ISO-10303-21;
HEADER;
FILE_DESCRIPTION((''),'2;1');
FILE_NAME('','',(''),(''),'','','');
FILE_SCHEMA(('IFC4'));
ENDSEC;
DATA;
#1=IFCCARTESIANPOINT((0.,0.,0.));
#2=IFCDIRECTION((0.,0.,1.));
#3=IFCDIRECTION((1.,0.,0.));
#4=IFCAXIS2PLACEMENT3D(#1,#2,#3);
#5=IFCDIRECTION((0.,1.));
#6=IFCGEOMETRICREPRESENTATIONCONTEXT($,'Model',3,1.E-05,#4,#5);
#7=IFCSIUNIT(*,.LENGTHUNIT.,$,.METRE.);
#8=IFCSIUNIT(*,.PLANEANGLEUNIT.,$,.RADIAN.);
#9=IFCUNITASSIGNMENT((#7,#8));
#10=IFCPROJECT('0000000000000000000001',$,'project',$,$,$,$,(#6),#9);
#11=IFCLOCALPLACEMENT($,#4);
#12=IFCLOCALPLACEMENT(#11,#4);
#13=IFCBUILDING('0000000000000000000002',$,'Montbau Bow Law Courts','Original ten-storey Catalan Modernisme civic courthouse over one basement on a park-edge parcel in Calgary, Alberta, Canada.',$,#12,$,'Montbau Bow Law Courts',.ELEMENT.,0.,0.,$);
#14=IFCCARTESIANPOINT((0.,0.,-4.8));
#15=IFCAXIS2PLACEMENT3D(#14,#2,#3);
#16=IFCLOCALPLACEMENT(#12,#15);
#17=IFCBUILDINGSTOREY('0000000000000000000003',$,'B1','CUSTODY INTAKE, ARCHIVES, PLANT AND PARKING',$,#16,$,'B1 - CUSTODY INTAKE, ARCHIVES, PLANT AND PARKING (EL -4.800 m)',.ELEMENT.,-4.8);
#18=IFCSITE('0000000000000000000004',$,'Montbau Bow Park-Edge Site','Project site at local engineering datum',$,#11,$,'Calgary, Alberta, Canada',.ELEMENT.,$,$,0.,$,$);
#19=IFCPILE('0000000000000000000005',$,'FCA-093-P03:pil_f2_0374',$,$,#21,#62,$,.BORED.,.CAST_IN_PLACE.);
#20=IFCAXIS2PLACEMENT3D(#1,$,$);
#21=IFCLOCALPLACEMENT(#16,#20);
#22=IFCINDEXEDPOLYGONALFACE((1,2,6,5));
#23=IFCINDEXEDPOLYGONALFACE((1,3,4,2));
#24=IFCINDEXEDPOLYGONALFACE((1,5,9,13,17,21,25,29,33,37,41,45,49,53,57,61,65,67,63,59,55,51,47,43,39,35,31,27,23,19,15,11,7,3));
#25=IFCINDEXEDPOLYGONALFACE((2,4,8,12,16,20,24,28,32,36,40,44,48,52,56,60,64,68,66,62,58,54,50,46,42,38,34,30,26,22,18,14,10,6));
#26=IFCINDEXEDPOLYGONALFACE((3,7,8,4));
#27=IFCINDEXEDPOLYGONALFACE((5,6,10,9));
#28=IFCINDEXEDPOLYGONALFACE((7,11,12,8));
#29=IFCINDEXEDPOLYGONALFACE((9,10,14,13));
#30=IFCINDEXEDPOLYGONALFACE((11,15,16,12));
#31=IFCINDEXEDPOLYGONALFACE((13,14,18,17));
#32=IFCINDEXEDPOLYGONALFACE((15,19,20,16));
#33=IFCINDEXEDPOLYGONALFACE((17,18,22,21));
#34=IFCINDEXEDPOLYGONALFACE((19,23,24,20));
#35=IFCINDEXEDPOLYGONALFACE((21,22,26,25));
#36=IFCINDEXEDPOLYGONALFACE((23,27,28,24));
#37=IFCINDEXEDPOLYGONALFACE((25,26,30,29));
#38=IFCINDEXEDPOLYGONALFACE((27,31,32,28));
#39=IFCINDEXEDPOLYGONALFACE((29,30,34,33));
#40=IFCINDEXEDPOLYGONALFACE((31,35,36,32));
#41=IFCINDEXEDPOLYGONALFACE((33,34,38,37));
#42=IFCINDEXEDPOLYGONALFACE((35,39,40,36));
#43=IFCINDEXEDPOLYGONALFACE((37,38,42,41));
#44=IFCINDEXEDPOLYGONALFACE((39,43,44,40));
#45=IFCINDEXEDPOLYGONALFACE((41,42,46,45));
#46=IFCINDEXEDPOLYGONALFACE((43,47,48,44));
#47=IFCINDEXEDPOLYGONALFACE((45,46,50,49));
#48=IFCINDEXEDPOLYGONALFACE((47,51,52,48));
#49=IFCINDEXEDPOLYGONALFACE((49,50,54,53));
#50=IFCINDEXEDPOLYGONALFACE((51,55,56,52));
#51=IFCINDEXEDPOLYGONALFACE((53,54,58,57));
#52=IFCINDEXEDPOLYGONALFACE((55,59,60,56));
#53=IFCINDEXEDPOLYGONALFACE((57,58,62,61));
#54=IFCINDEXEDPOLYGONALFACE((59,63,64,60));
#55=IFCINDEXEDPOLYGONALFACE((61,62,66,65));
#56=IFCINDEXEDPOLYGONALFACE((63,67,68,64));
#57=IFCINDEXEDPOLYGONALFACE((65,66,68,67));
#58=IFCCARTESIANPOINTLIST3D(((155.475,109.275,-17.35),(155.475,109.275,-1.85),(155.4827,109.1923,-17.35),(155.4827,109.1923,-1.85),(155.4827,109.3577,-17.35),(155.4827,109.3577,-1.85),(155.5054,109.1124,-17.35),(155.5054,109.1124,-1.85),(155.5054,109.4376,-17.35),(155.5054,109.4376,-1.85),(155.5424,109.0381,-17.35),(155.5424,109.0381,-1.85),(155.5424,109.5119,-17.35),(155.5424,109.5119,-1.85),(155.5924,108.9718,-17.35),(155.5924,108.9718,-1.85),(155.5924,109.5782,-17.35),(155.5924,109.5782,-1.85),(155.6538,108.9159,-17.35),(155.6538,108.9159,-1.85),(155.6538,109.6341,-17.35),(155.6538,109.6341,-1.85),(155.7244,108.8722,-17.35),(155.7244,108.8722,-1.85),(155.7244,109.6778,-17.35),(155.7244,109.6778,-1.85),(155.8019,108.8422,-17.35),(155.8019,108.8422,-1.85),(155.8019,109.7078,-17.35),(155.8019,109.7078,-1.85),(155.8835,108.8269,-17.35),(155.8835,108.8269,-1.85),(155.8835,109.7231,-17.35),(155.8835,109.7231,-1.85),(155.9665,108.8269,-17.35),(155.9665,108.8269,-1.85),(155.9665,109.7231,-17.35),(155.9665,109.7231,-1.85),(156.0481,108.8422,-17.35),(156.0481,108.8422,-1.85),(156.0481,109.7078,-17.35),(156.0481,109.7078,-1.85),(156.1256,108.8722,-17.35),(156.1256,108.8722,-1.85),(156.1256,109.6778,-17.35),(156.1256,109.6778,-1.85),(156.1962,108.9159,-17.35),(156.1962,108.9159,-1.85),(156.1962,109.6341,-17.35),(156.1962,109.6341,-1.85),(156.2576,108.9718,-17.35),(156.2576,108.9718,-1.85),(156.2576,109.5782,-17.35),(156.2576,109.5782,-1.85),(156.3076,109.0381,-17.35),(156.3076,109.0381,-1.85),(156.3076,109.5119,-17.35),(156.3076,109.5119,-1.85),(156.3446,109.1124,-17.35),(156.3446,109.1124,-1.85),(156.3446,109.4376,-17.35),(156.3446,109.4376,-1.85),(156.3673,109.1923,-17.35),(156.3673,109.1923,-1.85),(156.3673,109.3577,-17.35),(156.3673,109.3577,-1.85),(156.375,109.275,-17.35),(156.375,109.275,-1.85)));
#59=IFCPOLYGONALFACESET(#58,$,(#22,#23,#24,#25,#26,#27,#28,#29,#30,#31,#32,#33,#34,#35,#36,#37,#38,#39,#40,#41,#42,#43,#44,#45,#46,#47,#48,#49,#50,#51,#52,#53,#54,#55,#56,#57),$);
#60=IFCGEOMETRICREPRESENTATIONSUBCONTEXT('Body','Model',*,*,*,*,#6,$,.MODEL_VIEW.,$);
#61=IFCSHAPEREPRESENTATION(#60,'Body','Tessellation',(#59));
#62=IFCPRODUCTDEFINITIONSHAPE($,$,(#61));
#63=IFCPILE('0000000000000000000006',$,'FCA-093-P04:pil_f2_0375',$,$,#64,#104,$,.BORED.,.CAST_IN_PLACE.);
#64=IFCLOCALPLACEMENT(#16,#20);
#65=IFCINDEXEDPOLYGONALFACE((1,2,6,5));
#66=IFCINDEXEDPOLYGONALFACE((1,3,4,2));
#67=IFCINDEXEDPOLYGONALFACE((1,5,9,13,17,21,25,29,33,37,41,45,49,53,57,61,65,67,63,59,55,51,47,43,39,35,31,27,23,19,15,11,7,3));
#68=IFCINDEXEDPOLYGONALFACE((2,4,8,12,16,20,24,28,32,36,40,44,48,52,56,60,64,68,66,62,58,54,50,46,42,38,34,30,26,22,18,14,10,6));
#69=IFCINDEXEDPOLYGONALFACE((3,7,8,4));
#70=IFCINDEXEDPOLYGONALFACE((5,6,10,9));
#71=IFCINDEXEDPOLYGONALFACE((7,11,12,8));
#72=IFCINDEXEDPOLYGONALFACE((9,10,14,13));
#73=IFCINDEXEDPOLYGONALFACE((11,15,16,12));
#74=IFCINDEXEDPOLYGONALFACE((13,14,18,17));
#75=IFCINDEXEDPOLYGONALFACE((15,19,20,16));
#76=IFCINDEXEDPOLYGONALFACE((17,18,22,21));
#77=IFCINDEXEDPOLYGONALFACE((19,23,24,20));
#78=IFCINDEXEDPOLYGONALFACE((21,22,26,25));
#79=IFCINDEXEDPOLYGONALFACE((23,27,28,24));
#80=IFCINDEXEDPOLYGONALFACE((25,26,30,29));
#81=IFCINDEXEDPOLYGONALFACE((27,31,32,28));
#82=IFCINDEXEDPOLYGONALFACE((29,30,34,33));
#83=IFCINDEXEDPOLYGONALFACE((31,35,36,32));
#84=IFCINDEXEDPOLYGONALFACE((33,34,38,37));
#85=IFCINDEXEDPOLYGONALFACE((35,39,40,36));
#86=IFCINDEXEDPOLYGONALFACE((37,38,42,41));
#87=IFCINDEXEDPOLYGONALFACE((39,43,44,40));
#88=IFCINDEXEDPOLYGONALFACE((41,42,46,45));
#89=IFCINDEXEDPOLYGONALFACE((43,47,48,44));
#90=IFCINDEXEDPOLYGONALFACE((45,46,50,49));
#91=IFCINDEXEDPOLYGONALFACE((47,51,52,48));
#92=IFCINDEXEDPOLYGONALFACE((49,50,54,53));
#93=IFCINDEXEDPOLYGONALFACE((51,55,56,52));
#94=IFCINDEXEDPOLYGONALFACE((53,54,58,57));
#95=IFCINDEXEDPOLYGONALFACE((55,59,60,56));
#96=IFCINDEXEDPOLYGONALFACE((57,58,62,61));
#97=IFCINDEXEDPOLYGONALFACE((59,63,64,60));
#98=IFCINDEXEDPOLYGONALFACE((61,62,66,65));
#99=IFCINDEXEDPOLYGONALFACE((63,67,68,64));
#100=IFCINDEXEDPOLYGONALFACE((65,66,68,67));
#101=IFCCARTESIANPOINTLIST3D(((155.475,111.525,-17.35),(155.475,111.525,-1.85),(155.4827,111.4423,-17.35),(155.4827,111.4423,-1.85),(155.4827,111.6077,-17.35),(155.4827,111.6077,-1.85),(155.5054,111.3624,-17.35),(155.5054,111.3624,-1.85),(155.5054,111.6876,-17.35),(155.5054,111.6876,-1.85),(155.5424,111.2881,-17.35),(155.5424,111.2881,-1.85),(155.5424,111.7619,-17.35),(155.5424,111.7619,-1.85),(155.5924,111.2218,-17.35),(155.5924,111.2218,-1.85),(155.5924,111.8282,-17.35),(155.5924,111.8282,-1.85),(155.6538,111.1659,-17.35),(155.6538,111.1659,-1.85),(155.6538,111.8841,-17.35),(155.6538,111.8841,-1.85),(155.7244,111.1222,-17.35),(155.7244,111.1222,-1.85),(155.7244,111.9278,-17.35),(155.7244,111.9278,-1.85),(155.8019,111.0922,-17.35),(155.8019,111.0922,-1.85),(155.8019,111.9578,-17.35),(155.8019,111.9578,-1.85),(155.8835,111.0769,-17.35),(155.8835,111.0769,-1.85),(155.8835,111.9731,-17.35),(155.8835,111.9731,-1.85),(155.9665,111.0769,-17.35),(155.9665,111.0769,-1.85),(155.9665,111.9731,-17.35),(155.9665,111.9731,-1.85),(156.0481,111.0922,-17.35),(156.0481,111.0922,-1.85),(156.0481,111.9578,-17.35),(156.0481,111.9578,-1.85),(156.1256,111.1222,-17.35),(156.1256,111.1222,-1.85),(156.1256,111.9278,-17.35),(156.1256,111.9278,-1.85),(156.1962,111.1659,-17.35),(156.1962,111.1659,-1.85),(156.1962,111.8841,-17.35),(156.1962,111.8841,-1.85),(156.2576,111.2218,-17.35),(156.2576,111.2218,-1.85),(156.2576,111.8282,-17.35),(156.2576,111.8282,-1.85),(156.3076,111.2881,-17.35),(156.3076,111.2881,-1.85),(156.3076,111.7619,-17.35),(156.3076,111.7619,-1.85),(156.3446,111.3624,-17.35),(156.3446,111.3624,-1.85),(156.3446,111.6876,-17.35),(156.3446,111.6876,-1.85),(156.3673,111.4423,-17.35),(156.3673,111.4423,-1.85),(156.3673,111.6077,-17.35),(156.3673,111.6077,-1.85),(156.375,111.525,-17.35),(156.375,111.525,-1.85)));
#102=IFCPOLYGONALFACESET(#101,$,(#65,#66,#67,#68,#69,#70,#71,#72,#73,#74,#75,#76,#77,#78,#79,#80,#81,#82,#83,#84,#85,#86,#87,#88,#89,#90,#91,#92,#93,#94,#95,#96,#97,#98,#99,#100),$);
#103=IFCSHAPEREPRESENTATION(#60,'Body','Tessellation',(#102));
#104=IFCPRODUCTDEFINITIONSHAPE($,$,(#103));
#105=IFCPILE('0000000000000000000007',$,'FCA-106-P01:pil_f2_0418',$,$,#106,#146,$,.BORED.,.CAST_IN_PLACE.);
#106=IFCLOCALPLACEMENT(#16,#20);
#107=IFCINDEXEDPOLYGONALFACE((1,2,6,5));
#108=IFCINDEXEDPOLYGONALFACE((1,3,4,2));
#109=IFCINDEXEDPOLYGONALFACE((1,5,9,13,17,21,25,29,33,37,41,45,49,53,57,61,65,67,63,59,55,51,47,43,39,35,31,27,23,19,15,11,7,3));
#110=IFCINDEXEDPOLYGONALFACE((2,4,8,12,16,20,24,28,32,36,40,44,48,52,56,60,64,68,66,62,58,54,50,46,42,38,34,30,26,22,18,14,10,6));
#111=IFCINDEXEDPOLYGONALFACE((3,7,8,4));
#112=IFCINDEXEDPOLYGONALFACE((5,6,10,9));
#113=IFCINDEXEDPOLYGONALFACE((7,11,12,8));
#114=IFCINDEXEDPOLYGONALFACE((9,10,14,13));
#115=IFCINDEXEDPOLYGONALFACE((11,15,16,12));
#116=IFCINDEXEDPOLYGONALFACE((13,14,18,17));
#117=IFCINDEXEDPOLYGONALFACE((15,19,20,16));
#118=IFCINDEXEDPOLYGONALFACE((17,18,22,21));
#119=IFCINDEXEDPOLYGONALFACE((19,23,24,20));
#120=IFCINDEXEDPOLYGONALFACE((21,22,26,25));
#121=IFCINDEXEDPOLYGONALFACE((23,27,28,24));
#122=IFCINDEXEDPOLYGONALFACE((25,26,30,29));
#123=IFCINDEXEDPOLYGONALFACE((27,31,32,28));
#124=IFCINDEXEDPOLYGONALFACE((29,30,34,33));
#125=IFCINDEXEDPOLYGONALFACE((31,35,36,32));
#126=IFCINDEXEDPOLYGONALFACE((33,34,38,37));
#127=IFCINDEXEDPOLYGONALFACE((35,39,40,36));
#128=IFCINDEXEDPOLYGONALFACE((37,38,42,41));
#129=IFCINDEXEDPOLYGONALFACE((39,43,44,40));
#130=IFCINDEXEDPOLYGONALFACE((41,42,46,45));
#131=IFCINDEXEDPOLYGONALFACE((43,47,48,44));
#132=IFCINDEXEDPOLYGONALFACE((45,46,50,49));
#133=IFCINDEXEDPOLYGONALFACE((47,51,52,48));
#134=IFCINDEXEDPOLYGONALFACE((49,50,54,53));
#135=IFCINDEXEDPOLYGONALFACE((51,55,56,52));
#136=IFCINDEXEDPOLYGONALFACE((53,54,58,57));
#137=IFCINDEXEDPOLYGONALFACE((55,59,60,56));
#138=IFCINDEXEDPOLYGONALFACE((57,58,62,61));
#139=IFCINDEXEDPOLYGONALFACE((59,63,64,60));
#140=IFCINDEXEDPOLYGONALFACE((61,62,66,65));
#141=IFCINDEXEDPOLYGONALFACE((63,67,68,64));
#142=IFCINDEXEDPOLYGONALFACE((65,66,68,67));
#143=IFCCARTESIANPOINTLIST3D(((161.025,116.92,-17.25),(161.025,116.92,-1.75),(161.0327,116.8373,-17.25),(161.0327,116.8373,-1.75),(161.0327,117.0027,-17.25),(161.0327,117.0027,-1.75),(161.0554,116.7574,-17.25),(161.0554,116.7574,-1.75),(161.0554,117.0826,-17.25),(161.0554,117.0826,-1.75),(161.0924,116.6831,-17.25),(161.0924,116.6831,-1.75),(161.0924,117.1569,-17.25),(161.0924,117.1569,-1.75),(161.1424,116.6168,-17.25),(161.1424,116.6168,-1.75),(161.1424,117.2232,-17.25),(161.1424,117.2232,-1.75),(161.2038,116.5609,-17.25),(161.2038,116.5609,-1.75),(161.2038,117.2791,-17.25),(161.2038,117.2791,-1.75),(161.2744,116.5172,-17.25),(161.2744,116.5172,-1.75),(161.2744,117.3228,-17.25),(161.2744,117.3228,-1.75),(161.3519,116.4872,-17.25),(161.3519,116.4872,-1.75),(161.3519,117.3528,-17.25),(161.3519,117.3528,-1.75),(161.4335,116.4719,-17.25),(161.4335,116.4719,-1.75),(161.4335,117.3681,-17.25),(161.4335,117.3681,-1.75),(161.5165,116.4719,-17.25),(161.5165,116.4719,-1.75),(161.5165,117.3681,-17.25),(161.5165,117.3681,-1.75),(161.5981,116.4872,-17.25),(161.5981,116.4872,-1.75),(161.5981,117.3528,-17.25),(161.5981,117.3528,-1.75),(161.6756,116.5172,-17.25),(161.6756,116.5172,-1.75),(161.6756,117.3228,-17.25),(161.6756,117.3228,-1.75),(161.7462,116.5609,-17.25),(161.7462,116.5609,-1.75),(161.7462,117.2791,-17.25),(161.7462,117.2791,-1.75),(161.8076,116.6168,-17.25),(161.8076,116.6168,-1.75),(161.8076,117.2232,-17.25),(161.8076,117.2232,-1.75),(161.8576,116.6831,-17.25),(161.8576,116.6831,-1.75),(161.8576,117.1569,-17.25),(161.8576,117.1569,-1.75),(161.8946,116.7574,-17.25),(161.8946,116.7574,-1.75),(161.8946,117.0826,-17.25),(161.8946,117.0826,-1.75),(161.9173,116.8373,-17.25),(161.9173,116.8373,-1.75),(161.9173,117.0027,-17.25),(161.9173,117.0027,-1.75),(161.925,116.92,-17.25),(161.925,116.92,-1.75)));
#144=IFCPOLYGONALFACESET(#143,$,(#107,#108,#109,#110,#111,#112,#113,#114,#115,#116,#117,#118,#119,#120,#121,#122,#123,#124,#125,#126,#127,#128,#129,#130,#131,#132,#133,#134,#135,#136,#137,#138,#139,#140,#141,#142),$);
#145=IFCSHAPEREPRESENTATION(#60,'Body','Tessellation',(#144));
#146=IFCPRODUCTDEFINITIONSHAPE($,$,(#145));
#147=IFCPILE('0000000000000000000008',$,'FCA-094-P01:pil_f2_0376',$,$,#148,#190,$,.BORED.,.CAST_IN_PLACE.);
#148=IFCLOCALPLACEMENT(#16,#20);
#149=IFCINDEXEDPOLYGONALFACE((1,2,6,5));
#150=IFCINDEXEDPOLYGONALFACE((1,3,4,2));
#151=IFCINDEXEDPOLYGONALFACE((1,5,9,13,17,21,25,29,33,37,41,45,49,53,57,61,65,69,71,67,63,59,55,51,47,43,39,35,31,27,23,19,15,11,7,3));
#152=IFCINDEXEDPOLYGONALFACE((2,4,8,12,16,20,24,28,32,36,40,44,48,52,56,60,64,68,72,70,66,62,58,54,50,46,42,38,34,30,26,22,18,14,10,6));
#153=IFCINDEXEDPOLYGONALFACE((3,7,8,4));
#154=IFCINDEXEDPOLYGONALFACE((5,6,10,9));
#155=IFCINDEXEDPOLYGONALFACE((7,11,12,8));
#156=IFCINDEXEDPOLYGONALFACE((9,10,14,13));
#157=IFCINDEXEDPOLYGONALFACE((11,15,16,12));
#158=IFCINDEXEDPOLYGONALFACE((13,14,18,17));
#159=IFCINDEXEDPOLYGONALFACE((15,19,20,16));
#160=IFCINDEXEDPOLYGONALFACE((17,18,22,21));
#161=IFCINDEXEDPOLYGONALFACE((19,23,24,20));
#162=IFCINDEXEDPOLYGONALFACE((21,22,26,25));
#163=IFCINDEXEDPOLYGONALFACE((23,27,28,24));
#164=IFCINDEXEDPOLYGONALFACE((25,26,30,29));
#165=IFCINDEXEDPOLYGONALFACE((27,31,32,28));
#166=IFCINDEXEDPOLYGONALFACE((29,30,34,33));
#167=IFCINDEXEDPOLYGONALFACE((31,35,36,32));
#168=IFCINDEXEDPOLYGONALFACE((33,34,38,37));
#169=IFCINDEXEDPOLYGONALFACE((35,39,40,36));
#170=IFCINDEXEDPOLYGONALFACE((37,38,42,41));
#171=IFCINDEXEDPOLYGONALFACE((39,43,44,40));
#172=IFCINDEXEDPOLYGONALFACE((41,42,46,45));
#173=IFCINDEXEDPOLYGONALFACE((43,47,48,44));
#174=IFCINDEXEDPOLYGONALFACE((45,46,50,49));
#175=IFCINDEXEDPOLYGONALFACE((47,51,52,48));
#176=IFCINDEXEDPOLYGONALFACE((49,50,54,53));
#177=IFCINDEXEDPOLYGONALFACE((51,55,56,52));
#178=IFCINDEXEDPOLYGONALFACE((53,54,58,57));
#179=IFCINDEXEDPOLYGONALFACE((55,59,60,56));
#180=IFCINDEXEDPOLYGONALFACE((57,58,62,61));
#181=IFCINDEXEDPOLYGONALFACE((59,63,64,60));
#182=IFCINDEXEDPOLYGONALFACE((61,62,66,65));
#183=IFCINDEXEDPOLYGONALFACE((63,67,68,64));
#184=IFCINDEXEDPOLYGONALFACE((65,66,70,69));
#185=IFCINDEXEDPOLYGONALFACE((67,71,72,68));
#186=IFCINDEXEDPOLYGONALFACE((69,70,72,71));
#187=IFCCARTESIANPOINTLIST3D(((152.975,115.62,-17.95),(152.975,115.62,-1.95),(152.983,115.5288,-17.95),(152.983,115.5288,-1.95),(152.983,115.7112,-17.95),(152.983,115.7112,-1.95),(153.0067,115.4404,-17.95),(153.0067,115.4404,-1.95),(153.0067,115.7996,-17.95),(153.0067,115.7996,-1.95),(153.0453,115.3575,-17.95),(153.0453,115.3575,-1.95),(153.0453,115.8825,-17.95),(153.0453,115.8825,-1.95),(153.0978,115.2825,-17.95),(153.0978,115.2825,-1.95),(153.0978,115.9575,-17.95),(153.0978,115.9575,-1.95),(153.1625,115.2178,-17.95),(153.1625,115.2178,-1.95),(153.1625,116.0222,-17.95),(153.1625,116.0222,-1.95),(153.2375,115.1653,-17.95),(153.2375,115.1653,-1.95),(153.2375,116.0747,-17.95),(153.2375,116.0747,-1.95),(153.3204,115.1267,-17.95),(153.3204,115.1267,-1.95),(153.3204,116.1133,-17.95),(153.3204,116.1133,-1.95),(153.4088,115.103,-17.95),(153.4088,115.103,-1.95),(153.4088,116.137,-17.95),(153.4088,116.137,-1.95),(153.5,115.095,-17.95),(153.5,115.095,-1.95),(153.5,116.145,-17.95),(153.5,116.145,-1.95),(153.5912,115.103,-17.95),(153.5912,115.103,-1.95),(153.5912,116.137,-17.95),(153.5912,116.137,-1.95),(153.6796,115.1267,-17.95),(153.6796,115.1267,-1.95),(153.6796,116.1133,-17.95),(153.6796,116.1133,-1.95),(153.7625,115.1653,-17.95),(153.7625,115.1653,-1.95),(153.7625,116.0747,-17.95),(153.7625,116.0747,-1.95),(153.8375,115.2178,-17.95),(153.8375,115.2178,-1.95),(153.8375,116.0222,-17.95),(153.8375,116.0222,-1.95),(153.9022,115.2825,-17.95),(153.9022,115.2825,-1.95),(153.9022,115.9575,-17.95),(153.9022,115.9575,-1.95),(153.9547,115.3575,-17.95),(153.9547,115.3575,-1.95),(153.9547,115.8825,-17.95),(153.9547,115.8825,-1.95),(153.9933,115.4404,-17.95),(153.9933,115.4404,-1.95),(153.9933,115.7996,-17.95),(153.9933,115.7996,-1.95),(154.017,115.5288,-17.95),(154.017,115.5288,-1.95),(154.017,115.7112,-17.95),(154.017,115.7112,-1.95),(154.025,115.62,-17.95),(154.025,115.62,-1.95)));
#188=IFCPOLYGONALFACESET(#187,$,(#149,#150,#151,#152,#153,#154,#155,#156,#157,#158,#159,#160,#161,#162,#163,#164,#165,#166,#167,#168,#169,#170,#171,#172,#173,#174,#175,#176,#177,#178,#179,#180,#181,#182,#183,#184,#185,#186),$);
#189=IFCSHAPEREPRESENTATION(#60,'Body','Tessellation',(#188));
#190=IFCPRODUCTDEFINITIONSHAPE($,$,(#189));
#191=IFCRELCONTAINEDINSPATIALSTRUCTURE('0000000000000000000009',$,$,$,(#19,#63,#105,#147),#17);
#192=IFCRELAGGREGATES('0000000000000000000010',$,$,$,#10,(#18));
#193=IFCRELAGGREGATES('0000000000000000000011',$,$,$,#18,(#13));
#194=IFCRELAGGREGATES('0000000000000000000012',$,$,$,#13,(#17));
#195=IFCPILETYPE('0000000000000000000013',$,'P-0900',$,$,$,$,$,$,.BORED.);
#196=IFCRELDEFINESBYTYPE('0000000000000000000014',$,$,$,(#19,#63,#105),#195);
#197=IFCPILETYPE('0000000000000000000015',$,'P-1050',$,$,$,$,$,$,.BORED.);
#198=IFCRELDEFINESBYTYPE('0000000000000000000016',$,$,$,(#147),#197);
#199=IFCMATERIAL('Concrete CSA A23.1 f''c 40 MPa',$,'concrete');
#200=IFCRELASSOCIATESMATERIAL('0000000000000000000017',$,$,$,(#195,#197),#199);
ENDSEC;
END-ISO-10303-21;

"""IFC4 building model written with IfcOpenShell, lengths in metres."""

from ifc_helpers import new_model, si_unit, direction, frame, origin_with_axes, origin_2d_with_axis, place, context, subcontext, project, spatial, circle, extrude, material, material_profile, profile_set, type_object, element, save


model = new_model("IFC4")

# Units and contexts
model_context = context("Model", 3, precision=1e-05, world=origin_with_axes(), true_north=direction((0.0, 1.0)))
body_context = subcontext(model_context, "Body", "Model", "MODEL_VIEW")
ifc_project = project(units=[si_unit("LENGTHUNIT", "METRE"), si_unit("PLANEANGLEUNIT", "RADIAN")], contexts=[model_context])

# Site, building, storey
site_placement = place(None, origin_with_axes())
site = spatial("IfcSite", under=ifc_project, at=site_placement, Name="Montbau Bow Park-Edge Site", Description="Project site at local engineering datum", LongName="Calgary, Alberta, Canada", CompositionType="ELEMENT", RefElevation=0.0)
building_placement = place(site_placement, origin_with_axes())
building = spatial("IfcBuilding", under=site, at=building_placement, Name="Montbau Bow Law Courts", Description="Original ten-storey Catalan Modernisme civic courthouse over one basement on a park-edge parcel in Calgary, Alberta, Canada.", LongName="Montbau Bow Law Courts", CompositionType="ELEMENT", ElevationOfRefHeight=0.0, ElevationOfTerrain=0.0)
storey_placement = place(building_placement, frame((0.0, 0.0, -4.8), z_axis=(0.0, 0.0, 1.0), x_axis=(1.0, 0.0, 0.0)))
storey = spatial("IfcBuildingStorey", under=building, at=storey_placement, Name="B1", Description="CUSTODY INTAKE, ARCHIVES, PLANT AND PARKING", LongName="B1 - CUSTODY INTAKE, ARCHIVES, PLANT AND PARKING (EL -4.800 m)", CompositionType="ELEMENT", Elevation=-4.8)

# Piles
ifc_material_1 = material(Name="Concrete CSA A23.1 f'c 40 MPa", Category="concrete")
ifc_material_profile_1 = material_profile(ifc_material_1, circle(Radius=0.45, at=origin_2d_with_axis()), Name="BP900", Category="Main", Priority=0)
ifc_profile_set_1 = profile_set([ifc_material_profile_1], Name="Concrete CSA A23.1 f'c 40 MPa")
pile_type_1 = type_object("IfcPileType", Name="P-0900", PredefinedType="BORED", material=ifc_profile_set_1)
for number, where, z_axis, x_axis, name in (
    (1, (155.925, 109.275, -22.15), (0.0, 0.0, 1.0), (1.0, 0.0, 0.0), "FCA-093-P03:pil_f2_0374"),
    (2, (155.925, 111.525, -22.15), (0.0, 0.0, 1.0), (1.0, 0.0, 0.0), "FCA-093-P04:pil_f2_0375"),
    (3, (161.475, 116.92, -22.05), (0.0, 0.0, 1.0), (1.0, 0.0, 0.0), "FCA-106-P01:pil_f2_0418"),
):
    element("IfcPile", number, at=place(None, frame(where, z_axis=z_axis, x_axis=x_axis)), inside=storey, type_object=pile_type_1, Name=name, ConstructionType="CAST_IN_PLACE", PredefinedType="BORED", context=body_context, shape_type="SweptSolid", body=[
        extrude(circle(Radius=0.45, at=origin_2d_with_axis()), origin_with_axes(), (0.0, 0.0, 1.0), 15.5),
    ])
ifc_material_profile_2 = material_profile(ifc_material_1, circle(Radius=0.525, at=origin_2d_with_axis()), Name="BP1050", Category="Main", Priority=0)
ifc_profile_set_2 = profile_set([ifc_material_profile_2], Name="Concrete CSA A23.1 f'c 40 MPa")
pile_type_2 = type_object("IfcPileType", Name="P-1050", PredefinedType="BORED", material=ifc_profile_set_2)
for number, where, z_axis, x_axis, name in (
    (4, (153.5, 115.62, -22.75), (0.0, 0.0, 1.0), (1.0, 0.0, 0.0), "FCA-094-P01:pil_f2_0376"),
):
    element("IfcPile", number, at=place(None, frame(where, z_axis=z_axis, x_axis=x_axis)), inside=storey, type_object=pile_type_2, Name=name, ConstructionType="CAST_IN_PLACE", PredefinedType="BORED", context=body_context, shape_type="SweptSolid", body=[
        extrude(circle(Radius=0.525, at=origin_2d_with_axis()), origin_with_axes(), (0.0, 0.0, 1.0), 16.0),
    ])

save(model, "model.ifc")
